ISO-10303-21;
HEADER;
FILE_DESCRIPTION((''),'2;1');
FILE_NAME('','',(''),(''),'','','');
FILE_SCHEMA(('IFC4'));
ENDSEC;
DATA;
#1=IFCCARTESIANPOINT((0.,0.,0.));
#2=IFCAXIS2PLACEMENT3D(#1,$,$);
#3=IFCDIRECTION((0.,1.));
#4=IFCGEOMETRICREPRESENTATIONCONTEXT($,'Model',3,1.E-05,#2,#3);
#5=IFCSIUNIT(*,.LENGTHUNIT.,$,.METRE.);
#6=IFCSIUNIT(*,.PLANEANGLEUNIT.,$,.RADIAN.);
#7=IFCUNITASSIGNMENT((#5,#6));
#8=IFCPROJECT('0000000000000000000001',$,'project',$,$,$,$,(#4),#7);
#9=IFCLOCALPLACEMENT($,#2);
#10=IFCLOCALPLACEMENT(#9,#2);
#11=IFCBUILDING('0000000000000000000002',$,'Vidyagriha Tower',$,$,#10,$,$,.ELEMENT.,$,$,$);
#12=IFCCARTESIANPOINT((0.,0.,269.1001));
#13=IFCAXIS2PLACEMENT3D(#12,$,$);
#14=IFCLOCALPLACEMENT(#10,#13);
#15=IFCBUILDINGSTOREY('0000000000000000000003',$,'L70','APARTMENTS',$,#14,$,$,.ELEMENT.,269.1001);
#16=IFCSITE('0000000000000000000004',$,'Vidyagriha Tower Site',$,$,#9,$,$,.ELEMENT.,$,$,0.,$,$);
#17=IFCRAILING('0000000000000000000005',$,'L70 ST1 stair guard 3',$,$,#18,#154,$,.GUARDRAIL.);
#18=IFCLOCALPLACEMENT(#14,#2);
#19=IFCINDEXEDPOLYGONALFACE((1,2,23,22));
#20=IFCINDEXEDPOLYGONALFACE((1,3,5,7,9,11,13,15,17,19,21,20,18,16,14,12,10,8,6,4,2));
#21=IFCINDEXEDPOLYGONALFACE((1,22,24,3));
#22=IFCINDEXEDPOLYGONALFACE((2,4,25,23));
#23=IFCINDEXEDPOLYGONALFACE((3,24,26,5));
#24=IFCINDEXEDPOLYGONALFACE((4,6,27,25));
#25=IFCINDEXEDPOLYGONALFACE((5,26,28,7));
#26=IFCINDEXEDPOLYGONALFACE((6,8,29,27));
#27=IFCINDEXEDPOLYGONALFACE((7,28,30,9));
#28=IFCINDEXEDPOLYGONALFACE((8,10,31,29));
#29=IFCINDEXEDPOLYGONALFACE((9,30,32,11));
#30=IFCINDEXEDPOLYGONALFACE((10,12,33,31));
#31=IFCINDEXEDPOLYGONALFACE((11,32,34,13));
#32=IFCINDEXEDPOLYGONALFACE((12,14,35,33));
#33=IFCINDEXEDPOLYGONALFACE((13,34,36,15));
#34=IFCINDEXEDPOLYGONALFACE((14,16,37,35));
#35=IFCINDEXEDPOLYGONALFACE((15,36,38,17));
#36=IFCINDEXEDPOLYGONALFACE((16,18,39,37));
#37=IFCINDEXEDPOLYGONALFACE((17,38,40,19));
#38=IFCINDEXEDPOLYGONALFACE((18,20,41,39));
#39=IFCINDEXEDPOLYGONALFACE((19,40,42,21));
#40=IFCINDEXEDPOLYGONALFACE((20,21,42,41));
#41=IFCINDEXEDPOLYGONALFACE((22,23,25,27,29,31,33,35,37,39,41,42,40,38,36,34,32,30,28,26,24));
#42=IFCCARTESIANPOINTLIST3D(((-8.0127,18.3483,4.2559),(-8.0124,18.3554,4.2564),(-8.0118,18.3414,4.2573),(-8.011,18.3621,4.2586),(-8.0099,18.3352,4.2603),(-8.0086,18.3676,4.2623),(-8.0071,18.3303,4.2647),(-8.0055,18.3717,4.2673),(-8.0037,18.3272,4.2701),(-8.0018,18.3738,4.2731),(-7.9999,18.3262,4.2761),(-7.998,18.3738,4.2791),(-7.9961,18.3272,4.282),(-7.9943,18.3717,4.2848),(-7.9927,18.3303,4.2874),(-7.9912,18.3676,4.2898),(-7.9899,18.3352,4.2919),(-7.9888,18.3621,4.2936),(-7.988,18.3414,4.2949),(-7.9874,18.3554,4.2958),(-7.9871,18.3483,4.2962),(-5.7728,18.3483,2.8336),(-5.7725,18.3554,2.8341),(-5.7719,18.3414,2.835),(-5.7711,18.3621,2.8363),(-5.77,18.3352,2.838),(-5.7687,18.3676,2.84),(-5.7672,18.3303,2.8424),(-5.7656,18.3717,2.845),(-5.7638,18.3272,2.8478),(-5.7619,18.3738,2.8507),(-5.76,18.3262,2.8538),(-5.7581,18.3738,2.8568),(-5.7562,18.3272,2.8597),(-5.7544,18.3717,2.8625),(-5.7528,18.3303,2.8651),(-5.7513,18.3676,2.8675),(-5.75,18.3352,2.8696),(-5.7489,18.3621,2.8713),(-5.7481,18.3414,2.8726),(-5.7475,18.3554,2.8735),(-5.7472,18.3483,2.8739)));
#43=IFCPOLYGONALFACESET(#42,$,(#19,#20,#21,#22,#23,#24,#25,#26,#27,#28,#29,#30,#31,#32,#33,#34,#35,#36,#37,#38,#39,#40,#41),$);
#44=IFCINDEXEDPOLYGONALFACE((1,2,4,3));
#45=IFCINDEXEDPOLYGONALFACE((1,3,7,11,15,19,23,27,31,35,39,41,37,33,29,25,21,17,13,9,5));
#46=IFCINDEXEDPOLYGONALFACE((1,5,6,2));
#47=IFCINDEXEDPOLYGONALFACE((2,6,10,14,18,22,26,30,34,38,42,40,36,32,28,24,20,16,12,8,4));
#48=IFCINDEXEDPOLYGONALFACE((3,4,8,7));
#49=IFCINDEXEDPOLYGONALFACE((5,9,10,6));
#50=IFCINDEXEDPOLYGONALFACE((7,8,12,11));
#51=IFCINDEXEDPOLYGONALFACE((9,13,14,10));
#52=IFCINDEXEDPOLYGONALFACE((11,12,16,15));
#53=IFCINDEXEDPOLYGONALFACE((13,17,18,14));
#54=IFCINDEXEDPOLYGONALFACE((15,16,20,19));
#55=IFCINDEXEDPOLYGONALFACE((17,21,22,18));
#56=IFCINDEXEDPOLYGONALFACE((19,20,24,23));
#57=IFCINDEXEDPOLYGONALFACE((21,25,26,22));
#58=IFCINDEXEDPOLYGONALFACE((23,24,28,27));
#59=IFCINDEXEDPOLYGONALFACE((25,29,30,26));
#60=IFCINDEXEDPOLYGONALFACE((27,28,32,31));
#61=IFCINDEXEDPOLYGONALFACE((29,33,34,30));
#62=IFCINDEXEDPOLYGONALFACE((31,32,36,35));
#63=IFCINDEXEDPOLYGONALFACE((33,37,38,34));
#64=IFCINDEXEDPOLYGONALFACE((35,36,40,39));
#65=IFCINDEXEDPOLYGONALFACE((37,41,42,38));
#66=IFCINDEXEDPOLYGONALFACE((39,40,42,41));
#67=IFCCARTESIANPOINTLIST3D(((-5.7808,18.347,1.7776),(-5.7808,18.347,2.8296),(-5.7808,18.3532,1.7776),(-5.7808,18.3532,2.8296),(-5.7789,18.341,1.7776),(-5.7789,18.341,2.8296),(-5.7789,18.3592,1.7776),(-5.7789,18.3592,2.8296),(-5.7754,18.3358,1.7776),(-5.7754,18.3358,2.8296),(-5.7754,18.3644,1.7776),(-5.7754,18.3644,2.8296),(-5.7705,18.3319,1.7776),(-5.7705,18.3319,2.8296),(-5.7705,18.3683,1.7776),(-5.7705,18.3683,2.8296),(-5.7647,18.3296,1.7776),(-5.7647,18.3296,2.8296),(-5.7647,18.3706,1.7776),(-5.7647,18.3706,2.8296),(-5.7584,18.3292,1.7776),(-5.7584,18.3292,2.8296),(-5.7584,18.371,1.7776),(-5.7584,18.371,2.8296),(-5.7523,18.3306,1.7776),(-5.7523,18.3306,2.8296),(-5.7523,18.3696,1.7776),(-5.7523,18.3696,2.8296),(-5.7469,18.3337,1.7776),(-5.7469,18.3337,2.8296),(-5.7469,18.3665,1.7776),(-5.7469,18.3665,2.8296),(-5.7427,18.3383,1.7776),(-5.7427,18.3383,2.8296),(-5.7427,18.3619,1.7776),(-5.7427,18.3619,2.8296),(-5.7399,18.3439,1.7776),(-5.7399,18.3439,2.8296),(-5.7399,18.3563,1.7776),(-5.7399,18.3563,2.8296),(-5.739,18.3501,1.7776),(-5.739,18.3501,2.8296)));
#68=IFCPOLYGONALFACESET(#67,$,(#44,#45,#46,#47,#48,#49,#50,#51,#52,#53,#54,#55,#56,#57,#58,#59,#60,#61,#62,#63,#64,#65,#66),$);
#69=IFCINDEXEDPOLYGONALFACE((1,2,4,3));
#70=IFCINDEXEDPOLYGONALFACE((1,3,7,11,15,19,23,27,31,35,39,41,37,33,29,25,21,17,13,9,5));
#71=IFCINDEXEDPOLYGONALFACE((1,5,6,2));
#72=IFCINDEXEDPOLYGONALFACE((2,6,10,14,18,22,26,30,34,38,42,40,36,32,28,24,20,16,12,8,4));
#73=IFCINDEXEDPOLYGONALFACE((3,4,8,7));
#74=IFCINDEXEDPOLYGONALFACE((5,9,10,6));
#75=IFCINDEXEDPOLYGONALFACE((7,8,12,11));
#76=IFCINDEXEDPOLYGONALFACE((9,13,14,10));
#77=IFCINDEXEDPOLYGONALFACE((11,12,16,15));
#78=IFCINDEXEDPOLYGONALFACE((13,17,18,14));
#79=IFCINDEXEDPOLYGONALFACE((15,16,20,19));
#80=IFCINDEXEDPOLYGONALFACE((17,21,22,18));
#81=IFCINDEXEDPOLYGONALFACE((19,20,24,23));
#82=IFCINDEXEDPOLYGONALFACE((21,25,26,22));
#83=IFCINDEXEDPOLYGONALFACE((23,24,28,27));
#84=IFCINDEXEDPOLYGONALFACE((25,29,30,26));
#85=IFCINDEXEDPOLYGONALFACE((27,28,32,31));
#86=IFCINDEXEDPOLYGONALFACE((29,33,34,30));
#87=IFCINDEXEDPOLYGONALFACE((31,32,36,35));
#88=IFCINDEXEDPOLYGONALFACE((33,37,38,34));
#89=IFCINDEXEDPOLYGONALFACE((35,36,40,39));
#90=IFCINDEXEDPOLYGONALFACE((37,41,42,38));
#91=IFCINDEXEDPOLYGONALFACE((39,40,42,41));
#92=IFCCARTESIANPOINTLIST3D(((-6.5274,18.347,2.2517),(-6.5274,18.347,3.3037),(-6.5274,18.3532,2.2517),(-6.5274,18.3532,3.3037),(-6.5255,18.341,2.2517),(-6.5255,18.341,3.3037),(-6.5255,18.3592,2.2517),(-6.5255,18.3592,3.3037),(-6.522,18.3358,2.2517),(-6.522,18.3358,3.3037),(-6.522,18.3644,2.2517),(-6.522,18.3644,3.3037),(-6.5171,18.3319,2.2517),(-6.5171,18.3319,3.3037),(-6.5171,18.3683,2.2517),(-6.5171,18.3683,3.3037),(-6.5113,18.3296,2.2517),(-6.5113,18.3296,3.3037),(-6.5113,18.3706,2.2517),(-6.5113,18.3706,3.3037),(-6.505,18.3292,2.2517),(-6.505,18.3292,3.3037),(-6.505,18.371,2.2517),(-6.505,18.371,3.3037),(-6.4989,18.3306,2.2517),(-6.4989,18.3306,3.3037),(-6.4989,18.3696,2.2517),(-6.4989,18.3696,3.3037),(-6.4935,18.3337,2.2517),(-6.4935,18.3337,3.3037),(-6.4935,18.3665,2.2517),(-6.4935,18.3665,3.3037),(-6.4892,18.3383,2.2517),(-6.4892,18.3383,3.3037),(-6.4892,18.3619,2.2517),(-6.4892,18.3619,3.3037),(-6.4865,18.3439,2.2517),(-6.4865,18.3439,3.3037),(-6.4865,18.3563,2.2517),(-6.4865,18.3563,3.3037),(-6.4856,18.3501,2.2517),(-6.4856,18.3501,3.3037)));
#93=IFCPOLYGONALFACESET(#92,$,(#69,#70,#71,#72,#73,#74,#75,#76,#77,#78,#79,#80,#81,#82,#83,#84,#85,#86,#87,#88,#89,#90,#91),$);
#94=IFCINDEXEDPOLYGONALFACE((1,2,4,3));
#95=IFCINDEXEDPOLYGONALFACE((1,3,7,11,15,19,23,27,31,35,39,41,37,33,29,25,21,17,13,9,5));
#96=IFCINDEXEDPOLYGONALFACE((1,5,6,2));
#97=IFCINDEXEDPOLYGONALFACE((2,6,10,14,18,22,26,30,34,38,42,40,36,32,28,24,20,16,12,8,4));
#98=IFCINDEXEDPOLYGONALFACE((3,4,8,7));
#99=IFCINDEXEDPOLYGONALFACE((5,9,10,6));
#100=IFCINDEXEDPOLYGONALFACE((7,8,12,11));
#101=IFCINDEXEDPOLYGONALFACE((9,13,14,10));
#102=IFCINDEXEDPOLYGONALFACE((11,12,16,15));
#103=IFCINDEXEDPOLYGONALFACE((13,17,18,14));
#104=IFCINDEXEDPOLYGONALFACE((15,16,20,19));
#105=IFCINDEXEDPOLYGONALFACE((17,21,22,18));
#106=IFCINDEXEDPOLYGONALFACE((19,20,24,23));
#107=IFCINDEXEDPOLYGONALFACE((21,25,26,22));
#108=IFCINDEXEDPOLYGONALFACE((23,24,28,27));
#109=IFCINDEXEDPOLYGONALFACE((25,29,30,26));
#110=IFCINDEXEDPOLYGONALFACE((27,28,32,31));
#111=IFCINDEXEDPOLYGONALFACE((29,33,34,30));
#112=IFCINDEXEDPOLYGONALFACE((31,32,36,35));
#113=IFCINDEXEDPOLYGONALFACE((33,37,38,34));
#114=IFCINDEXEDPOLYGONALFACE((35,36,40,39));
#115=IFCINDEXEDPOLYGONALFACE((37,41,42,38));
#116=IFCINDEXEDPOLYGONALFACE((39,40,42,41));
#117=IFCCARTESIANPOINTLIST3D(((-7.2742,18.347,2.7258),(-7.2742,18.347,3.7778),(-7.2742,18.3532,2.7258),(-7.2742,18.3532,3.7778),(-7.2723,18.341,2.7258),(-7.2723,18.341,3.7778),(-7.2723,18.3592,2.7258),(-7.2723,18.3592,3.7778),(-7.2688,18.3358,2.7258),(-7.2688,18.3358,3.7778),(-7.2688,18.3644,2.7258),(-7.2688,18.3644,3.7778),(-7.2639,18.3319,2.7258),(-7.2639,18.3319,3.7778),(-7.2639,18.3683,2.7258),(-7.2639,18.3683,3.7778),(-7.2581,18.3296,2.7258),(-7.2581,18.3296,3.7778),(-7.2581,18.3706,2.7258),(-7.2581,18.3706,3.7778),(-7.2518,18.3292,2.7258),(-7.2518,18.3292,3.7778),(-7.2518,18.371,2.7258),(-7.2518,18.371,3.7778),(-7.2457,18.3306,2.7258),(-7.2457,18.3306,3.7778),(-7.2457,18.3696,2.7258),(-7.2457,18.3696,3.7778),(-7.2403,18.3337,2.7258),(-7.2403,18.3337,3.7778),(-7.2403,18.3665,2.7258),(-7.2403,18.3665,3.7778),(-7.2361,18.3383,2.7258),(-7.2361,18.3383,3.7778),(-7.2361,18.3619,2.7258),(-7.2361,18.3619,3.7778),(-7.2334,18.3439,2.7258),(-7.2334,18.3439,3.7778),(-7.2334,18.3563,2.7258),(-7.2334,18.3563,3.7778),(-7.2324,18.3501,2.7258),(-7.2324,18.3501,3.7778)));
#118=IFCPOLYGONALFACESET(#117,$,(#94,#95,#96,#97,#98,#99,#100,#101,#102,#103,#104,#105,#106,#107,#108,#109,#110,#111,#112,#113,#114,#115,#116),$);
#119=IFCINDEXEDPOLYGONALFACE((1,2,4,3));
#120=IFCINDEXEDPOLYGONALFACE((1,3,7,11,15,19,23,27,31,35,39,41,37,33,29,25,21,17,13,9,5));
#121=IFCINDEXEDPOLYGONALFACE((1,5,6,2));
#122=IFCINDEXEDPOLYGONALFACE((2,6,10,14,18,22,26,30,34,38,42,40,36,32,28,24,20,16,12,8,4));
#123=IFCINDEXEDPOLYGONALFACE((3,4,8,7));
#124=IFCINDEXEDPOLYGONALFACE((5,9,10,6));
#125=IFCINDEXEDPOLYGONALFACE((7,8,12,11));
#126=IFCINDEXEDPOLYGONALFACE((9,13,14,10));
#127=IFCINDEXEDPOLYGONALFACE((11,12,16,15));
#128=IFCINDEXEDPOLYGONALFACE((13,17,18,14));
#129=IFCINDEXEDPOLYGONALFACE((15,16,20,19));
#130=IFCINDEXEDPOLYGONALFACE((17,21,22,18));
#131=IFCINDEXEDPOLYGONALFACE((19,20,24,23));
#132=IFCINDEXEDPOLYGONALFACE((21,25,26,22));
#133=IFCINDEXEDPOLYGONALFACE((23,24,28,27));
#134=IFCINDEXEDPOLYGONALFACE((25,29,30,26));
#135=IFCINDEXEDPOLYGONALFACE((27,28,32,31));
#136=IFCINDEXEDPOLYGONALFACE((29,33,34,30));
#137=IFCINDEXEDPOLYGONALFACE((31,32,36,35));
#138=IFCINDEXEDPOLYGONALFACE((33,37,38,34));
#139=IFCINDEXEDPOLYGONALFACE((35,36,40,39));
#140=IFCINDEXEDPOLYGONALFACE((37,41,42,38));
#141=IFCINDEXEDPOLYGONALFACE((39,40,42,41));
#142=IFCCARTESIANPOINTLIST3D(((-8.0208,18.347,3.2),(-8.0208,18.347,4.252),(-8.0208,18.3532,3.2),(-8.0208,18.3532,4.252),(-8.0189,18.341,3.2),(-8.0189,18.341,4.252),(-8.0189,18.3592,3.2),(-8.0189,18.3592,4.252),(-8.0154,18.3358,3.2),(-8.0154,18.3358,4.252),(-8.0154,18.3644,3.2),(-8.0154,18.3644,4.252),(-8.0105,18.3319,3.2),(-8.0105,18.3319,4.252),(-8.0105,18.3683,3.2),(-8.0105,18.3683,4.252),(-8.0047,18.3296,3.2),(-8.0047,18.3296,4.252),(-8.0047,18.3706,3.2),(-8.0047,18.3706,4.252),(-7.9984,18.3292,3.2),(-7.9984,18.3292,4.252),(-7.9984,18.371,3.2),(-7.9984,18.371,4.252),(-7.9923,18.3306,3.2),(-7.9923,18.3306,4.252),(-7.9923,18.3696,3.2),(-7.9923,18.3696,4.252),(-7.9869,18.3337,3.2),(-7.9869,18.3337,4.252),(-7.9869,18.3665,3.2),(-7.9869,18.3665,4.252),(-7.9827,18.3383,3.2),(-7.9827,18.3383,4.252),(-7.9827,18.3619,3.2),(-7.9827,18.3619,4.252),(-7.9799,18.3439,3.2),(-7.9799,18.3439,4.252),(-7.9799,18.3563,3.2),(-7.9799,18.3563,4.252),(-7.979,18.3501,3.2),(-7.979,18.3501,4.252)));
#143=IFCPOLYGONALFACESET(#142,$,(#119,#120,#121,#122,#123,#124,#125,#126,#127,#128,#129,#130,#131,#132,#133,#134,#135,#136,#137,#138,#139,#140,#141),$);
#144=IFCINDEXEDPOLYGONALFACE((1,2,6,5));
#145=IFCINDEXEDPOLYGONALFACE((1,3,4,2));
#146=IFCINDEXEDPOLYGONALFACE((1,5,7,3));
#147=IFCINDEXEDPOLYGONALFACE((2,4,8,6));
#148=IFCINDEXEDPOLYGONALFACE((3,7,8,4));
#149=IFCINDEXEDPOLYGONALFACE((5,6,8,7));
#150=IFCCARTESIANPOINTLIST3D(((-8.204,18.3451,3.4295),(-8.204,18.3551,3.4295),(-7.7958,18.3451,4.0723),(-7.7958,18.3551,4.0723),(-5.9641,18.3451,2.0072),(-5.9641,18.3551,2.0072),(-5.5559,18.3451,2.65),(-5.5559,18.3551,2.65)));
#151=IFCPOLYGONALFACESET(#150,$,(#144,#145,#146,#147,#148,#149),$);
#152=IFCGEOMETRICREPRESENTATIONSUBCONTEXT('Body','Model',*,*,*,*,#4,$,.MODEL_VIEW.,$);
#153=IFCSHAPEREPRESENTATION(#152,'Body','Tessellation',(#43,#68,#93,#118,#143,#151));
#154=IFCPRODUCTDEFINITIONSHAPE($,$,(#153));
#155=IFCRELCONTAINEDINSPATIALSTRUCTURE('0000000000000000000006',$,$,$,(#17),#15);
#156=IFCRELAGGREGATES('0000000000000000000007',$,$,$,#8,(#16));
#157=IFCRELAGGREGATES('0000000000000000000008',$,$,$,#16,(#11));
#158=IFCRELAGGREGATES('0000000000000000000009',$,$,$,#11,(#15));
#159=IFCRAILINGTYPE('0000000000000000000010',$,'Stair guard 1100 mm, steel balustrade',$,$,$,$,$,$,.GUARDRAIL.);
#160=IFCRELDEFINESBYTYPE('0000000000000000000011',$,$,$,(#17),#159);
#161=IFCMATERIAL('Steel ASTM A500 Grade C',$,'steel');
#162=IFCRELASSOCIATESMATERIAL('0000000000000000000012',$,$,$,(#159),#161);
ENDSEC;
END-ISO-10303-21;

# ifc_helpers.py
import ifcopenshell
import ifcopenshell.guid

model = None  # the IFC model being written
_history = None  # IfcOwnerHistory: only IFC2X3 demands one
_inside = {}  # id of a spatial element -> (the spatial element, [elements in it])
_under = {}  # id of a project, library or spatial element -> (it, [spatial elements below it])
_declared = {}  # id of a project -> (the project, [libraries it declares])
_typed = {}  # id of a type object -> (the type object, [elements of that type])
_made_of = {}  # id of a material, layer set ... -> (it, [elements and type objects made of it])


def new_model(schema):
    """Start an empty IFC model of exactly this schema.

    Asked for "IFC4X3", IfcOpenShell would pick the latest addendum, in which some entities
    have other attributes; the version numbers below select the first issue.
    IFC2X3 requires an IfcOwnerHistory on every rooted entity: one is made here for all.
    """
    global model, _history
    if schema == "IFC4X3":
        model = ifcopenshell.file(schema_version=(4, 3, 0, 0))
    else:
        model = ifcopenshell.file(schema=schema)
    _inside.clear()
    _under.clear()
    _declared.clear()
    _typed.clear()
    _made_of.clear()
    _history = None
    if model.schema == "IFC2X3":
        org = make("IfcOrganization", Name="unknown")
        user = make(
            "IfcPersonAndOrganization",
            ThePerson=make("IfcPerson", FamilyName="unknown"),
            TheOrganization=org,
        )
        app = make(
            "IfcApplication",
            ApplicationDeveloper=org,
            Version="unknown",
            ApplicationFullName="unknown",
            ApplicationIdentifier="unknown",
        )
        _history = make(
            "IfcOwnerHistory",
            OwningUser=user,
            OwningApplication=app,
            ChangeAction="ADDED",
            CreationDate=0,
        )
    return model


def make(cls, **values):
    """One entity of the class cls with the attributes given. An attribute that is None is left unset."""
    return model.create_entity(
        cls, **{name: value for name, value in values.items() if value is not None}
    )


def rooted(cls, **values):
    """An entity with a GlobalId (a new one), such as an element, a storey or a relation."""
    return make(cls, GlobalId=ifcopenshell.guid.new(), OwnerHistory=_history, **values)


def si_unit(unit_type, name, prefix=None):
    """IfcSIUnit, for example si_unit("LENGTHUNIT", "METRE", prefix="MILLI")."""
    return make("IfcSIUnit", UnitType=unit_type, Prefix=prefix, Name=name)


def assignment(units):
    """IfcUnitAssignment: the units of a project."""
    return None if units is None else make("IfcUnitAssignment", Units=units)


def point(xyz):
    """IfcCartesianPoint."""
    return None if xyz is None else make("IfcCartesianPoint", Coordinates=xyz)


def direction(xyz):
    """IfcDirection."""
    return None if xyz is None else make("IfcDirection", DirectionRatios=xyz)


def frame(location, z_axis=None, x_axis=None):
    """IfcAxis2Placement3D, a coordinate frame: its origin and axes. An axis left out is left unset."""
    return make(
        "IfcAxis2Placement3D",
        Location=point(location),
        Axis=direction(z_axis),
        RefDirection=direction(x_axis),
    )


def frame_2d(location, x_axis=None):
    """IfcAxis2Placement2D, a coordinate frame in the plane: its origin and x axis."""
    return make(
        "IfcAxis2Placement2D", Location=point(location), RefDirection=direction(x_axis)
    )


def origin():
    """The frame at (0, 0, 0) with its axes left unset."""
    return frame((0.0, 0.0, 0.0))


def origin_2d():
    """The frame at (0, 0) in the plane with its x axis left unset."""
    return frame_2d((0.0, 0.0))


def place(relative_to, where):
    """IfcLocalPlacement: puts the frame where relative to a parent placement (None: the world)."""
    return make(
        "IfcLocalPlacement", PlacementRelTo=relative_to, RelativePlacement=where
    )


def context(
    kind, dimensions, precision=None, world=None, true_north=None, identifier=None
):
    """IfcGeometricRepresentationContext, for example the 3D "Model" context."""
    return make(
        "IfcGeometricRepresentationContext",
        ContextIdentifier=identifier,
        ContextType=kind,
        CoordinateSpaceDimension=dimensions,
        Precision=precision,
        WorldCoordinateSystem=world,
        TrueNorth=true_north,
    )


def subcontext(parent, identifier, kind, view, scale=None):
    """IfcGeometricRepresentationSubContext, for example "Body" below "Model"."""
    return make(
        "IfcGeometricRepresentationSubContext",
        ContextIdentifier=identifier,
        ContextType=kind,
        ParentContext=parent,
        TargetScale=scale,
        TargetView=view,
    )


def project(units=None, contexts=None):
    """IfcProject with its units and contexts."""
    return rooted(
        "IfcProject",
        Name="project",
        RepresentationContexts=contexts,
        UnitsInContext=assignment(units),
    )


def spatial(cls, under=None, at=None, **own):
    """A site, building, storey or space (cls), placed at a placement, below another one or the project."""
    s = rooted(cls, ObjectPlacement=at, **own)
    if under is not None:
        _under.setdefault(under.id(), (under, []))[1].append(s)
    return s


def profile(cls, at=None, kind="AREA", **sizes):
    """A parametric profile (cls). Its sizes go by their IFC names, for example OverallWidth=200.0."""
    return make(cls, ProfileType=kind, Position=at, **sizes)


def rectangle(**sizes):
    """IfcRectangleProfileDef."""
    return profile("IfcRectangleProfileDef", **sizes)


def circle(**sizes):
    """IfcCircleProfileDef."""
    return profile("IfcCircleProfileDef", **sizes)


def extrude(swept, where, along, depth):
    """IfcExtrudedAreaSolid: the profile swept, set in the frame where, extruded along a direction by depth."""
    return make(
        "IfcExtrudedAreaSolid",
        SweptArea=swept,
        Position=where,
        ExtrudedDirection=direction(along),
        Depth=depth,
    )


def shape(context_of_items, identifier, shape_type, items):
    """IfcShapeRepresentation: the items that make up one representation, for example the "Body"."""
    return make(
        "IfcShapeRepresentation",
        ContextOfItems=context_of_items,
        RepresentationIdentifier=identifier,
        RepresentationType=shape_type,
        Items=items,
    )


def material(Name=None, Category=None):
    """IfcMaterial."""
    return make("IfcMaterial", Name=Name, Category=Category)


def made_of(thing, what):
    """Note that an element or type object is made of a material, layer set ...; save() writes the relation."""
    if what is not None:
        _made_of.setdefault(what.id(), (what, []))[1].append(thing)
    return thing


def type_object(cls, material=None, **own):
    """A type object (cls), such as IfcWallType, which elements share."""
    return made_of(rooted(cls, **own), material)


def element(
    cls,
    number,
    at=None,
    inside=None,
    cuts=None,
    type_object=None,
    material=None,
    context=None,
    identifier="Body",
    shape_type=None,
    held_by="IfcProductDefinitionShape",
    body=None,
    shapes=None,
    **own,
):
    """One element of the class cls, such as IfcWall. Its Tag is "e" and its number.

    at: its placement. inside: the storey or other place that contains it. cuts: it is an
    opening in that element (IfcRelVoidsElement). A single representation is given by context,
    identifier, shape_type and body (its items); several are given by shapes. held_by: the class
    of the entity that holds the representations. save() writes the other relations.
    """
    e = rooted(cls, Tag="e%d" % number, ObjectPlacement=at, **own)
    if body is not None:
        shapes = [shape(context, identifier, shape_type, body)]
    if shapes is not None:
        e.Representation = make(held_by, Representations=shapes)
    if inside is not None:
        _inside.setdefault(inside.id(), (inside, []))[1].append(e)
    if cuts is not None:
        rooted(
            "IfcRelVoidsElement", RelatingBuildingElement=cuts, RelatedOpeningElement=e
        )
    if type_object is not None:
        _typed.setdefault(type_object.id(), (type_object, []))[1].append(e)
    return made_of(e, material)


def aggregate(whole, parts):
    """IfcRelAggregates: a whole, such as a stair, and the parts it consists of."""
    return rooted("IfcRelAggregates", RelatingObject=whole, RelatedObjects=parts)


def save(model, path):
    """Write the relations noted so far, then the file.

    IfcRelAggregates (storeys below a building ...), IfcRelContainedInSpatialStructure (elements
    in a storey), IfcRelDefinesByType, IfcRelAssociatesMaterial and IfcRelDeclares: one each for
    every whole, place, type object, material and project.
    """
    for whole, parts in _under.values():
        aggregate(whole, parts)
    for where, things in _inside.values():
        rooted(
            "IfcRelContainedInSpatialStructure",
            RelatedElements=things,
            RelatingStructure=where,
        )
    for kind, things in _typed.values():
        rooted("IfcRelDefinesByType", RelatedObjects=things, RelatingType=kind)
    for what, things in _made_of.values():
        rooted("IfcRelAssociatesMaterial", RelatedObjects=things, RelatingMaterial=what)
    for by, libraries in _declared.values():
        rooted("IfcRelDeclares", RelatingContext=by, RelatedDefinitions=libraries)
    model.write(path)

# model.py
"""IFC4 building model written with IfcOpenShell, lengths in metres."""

from ifc_helpers import new_model, si_unit, direction, frame, origin, origin_2d, place, context, subcontext, project, spatial, rectangle, circle, extrude, material, type_object, element, save


model = new_model("IFC4")

# Units and contexts
model_context = context("Model", 3, precision=1e-05, world=origin(), true_north=direction((0.0, 1.0)))
body_context = subcontext(model_context, "Body", "Model", "MODEL_VIEW")
ifc_project = project(units=[si_unit("LENGTHUNIT", "METRE"), si_unit("PLANEANGLEUNIT", "RADIAN")], contexts=[model_context])

# Site, building, storey
site_placement = place(None, origin())
site = spatial("IfcSite", under=ifc_project, at=site_placement, Name="Vidyagriha Tower Site", CompositionType="ELEMENT", RefElevation=0.0)
building_placement = place(site_placement, origin())
building = spatial("IfcBuilding", under=site, at=building_placement, Name="Vidyagriha Tower", CompositionType="ELEMENT")
storey_placement = place(building_placement, frame((0.0, 0.0, 269.1001)))
storey = spatial("IfcBuildingStorey", under=building, at=storey_placement, Name="L70", Description="APARTMENTS", CompositionType="ELEMENT", Elevation=269.1001)

# Railing
ifc_material_1 = material(Name="Steel ASTM A500 Grade C", Category="steel")
railing_type_1 = type_object("IfcRailingType", Name="Stair guard 1100 mm, steel balustrade", PredefinedType="GUARDRAIL", material=ifc_material_1)
railing_1_placement = place(storey_placement, frame((-5.76, 18.3501, 1.7776)))
element("IfcRailing", 1, at=railing_1_placement, inside=storey, type_object=railing_type_1, Name="L70 ST1 stair guard 3", PredefinedType="GUARDRAIL", context=body_context, shape_type="SweptSolid", body=[
    extrude(circle(Radius=0.0239, at=origin_2d()), frame((0.0, 0.0, 1.0762), z_axis=(-0.844188, 0.0, 0.536048), x_axis=(0.0, -1.0, 0.0)), (0.0, 0.0, 1.0), 2.6533),
    extrude(circle(Radius=0.021, at=origin_2d()), origin(), (0.0, 0.0, 1.0), 1.052),
    extrude(circle(Radius=0.021, at=origin_2d()), frame((-0.7466, 0.0, 0.4741)), (0.0, 0.0, 1.0), 1.052),
    extrude(circle(Radius=0.021, at=origin_2d()), frame((-1.4934, 0.0, 0.9482)), (0.0, 0.0, 1.0), 1.052),
    extrude(circle(Radius=0.021, at=origin_2d()), frame((-2.24, 0.0, 1.4224)), (0.0, 0.0, 1.0), 1.052),
    extrude(rectangle(XDim=0.01, YDim=0.7615, at=origin_2d()), frame((0.0, 0.0, 0.551), z_axis=(-0.844188, 0.0, 0.536048), x_axis=(0.0, -1.0, 0.0)), (0.0, 0.0, 1.0), 2.6533),
])

save(model, "model.ifc")
